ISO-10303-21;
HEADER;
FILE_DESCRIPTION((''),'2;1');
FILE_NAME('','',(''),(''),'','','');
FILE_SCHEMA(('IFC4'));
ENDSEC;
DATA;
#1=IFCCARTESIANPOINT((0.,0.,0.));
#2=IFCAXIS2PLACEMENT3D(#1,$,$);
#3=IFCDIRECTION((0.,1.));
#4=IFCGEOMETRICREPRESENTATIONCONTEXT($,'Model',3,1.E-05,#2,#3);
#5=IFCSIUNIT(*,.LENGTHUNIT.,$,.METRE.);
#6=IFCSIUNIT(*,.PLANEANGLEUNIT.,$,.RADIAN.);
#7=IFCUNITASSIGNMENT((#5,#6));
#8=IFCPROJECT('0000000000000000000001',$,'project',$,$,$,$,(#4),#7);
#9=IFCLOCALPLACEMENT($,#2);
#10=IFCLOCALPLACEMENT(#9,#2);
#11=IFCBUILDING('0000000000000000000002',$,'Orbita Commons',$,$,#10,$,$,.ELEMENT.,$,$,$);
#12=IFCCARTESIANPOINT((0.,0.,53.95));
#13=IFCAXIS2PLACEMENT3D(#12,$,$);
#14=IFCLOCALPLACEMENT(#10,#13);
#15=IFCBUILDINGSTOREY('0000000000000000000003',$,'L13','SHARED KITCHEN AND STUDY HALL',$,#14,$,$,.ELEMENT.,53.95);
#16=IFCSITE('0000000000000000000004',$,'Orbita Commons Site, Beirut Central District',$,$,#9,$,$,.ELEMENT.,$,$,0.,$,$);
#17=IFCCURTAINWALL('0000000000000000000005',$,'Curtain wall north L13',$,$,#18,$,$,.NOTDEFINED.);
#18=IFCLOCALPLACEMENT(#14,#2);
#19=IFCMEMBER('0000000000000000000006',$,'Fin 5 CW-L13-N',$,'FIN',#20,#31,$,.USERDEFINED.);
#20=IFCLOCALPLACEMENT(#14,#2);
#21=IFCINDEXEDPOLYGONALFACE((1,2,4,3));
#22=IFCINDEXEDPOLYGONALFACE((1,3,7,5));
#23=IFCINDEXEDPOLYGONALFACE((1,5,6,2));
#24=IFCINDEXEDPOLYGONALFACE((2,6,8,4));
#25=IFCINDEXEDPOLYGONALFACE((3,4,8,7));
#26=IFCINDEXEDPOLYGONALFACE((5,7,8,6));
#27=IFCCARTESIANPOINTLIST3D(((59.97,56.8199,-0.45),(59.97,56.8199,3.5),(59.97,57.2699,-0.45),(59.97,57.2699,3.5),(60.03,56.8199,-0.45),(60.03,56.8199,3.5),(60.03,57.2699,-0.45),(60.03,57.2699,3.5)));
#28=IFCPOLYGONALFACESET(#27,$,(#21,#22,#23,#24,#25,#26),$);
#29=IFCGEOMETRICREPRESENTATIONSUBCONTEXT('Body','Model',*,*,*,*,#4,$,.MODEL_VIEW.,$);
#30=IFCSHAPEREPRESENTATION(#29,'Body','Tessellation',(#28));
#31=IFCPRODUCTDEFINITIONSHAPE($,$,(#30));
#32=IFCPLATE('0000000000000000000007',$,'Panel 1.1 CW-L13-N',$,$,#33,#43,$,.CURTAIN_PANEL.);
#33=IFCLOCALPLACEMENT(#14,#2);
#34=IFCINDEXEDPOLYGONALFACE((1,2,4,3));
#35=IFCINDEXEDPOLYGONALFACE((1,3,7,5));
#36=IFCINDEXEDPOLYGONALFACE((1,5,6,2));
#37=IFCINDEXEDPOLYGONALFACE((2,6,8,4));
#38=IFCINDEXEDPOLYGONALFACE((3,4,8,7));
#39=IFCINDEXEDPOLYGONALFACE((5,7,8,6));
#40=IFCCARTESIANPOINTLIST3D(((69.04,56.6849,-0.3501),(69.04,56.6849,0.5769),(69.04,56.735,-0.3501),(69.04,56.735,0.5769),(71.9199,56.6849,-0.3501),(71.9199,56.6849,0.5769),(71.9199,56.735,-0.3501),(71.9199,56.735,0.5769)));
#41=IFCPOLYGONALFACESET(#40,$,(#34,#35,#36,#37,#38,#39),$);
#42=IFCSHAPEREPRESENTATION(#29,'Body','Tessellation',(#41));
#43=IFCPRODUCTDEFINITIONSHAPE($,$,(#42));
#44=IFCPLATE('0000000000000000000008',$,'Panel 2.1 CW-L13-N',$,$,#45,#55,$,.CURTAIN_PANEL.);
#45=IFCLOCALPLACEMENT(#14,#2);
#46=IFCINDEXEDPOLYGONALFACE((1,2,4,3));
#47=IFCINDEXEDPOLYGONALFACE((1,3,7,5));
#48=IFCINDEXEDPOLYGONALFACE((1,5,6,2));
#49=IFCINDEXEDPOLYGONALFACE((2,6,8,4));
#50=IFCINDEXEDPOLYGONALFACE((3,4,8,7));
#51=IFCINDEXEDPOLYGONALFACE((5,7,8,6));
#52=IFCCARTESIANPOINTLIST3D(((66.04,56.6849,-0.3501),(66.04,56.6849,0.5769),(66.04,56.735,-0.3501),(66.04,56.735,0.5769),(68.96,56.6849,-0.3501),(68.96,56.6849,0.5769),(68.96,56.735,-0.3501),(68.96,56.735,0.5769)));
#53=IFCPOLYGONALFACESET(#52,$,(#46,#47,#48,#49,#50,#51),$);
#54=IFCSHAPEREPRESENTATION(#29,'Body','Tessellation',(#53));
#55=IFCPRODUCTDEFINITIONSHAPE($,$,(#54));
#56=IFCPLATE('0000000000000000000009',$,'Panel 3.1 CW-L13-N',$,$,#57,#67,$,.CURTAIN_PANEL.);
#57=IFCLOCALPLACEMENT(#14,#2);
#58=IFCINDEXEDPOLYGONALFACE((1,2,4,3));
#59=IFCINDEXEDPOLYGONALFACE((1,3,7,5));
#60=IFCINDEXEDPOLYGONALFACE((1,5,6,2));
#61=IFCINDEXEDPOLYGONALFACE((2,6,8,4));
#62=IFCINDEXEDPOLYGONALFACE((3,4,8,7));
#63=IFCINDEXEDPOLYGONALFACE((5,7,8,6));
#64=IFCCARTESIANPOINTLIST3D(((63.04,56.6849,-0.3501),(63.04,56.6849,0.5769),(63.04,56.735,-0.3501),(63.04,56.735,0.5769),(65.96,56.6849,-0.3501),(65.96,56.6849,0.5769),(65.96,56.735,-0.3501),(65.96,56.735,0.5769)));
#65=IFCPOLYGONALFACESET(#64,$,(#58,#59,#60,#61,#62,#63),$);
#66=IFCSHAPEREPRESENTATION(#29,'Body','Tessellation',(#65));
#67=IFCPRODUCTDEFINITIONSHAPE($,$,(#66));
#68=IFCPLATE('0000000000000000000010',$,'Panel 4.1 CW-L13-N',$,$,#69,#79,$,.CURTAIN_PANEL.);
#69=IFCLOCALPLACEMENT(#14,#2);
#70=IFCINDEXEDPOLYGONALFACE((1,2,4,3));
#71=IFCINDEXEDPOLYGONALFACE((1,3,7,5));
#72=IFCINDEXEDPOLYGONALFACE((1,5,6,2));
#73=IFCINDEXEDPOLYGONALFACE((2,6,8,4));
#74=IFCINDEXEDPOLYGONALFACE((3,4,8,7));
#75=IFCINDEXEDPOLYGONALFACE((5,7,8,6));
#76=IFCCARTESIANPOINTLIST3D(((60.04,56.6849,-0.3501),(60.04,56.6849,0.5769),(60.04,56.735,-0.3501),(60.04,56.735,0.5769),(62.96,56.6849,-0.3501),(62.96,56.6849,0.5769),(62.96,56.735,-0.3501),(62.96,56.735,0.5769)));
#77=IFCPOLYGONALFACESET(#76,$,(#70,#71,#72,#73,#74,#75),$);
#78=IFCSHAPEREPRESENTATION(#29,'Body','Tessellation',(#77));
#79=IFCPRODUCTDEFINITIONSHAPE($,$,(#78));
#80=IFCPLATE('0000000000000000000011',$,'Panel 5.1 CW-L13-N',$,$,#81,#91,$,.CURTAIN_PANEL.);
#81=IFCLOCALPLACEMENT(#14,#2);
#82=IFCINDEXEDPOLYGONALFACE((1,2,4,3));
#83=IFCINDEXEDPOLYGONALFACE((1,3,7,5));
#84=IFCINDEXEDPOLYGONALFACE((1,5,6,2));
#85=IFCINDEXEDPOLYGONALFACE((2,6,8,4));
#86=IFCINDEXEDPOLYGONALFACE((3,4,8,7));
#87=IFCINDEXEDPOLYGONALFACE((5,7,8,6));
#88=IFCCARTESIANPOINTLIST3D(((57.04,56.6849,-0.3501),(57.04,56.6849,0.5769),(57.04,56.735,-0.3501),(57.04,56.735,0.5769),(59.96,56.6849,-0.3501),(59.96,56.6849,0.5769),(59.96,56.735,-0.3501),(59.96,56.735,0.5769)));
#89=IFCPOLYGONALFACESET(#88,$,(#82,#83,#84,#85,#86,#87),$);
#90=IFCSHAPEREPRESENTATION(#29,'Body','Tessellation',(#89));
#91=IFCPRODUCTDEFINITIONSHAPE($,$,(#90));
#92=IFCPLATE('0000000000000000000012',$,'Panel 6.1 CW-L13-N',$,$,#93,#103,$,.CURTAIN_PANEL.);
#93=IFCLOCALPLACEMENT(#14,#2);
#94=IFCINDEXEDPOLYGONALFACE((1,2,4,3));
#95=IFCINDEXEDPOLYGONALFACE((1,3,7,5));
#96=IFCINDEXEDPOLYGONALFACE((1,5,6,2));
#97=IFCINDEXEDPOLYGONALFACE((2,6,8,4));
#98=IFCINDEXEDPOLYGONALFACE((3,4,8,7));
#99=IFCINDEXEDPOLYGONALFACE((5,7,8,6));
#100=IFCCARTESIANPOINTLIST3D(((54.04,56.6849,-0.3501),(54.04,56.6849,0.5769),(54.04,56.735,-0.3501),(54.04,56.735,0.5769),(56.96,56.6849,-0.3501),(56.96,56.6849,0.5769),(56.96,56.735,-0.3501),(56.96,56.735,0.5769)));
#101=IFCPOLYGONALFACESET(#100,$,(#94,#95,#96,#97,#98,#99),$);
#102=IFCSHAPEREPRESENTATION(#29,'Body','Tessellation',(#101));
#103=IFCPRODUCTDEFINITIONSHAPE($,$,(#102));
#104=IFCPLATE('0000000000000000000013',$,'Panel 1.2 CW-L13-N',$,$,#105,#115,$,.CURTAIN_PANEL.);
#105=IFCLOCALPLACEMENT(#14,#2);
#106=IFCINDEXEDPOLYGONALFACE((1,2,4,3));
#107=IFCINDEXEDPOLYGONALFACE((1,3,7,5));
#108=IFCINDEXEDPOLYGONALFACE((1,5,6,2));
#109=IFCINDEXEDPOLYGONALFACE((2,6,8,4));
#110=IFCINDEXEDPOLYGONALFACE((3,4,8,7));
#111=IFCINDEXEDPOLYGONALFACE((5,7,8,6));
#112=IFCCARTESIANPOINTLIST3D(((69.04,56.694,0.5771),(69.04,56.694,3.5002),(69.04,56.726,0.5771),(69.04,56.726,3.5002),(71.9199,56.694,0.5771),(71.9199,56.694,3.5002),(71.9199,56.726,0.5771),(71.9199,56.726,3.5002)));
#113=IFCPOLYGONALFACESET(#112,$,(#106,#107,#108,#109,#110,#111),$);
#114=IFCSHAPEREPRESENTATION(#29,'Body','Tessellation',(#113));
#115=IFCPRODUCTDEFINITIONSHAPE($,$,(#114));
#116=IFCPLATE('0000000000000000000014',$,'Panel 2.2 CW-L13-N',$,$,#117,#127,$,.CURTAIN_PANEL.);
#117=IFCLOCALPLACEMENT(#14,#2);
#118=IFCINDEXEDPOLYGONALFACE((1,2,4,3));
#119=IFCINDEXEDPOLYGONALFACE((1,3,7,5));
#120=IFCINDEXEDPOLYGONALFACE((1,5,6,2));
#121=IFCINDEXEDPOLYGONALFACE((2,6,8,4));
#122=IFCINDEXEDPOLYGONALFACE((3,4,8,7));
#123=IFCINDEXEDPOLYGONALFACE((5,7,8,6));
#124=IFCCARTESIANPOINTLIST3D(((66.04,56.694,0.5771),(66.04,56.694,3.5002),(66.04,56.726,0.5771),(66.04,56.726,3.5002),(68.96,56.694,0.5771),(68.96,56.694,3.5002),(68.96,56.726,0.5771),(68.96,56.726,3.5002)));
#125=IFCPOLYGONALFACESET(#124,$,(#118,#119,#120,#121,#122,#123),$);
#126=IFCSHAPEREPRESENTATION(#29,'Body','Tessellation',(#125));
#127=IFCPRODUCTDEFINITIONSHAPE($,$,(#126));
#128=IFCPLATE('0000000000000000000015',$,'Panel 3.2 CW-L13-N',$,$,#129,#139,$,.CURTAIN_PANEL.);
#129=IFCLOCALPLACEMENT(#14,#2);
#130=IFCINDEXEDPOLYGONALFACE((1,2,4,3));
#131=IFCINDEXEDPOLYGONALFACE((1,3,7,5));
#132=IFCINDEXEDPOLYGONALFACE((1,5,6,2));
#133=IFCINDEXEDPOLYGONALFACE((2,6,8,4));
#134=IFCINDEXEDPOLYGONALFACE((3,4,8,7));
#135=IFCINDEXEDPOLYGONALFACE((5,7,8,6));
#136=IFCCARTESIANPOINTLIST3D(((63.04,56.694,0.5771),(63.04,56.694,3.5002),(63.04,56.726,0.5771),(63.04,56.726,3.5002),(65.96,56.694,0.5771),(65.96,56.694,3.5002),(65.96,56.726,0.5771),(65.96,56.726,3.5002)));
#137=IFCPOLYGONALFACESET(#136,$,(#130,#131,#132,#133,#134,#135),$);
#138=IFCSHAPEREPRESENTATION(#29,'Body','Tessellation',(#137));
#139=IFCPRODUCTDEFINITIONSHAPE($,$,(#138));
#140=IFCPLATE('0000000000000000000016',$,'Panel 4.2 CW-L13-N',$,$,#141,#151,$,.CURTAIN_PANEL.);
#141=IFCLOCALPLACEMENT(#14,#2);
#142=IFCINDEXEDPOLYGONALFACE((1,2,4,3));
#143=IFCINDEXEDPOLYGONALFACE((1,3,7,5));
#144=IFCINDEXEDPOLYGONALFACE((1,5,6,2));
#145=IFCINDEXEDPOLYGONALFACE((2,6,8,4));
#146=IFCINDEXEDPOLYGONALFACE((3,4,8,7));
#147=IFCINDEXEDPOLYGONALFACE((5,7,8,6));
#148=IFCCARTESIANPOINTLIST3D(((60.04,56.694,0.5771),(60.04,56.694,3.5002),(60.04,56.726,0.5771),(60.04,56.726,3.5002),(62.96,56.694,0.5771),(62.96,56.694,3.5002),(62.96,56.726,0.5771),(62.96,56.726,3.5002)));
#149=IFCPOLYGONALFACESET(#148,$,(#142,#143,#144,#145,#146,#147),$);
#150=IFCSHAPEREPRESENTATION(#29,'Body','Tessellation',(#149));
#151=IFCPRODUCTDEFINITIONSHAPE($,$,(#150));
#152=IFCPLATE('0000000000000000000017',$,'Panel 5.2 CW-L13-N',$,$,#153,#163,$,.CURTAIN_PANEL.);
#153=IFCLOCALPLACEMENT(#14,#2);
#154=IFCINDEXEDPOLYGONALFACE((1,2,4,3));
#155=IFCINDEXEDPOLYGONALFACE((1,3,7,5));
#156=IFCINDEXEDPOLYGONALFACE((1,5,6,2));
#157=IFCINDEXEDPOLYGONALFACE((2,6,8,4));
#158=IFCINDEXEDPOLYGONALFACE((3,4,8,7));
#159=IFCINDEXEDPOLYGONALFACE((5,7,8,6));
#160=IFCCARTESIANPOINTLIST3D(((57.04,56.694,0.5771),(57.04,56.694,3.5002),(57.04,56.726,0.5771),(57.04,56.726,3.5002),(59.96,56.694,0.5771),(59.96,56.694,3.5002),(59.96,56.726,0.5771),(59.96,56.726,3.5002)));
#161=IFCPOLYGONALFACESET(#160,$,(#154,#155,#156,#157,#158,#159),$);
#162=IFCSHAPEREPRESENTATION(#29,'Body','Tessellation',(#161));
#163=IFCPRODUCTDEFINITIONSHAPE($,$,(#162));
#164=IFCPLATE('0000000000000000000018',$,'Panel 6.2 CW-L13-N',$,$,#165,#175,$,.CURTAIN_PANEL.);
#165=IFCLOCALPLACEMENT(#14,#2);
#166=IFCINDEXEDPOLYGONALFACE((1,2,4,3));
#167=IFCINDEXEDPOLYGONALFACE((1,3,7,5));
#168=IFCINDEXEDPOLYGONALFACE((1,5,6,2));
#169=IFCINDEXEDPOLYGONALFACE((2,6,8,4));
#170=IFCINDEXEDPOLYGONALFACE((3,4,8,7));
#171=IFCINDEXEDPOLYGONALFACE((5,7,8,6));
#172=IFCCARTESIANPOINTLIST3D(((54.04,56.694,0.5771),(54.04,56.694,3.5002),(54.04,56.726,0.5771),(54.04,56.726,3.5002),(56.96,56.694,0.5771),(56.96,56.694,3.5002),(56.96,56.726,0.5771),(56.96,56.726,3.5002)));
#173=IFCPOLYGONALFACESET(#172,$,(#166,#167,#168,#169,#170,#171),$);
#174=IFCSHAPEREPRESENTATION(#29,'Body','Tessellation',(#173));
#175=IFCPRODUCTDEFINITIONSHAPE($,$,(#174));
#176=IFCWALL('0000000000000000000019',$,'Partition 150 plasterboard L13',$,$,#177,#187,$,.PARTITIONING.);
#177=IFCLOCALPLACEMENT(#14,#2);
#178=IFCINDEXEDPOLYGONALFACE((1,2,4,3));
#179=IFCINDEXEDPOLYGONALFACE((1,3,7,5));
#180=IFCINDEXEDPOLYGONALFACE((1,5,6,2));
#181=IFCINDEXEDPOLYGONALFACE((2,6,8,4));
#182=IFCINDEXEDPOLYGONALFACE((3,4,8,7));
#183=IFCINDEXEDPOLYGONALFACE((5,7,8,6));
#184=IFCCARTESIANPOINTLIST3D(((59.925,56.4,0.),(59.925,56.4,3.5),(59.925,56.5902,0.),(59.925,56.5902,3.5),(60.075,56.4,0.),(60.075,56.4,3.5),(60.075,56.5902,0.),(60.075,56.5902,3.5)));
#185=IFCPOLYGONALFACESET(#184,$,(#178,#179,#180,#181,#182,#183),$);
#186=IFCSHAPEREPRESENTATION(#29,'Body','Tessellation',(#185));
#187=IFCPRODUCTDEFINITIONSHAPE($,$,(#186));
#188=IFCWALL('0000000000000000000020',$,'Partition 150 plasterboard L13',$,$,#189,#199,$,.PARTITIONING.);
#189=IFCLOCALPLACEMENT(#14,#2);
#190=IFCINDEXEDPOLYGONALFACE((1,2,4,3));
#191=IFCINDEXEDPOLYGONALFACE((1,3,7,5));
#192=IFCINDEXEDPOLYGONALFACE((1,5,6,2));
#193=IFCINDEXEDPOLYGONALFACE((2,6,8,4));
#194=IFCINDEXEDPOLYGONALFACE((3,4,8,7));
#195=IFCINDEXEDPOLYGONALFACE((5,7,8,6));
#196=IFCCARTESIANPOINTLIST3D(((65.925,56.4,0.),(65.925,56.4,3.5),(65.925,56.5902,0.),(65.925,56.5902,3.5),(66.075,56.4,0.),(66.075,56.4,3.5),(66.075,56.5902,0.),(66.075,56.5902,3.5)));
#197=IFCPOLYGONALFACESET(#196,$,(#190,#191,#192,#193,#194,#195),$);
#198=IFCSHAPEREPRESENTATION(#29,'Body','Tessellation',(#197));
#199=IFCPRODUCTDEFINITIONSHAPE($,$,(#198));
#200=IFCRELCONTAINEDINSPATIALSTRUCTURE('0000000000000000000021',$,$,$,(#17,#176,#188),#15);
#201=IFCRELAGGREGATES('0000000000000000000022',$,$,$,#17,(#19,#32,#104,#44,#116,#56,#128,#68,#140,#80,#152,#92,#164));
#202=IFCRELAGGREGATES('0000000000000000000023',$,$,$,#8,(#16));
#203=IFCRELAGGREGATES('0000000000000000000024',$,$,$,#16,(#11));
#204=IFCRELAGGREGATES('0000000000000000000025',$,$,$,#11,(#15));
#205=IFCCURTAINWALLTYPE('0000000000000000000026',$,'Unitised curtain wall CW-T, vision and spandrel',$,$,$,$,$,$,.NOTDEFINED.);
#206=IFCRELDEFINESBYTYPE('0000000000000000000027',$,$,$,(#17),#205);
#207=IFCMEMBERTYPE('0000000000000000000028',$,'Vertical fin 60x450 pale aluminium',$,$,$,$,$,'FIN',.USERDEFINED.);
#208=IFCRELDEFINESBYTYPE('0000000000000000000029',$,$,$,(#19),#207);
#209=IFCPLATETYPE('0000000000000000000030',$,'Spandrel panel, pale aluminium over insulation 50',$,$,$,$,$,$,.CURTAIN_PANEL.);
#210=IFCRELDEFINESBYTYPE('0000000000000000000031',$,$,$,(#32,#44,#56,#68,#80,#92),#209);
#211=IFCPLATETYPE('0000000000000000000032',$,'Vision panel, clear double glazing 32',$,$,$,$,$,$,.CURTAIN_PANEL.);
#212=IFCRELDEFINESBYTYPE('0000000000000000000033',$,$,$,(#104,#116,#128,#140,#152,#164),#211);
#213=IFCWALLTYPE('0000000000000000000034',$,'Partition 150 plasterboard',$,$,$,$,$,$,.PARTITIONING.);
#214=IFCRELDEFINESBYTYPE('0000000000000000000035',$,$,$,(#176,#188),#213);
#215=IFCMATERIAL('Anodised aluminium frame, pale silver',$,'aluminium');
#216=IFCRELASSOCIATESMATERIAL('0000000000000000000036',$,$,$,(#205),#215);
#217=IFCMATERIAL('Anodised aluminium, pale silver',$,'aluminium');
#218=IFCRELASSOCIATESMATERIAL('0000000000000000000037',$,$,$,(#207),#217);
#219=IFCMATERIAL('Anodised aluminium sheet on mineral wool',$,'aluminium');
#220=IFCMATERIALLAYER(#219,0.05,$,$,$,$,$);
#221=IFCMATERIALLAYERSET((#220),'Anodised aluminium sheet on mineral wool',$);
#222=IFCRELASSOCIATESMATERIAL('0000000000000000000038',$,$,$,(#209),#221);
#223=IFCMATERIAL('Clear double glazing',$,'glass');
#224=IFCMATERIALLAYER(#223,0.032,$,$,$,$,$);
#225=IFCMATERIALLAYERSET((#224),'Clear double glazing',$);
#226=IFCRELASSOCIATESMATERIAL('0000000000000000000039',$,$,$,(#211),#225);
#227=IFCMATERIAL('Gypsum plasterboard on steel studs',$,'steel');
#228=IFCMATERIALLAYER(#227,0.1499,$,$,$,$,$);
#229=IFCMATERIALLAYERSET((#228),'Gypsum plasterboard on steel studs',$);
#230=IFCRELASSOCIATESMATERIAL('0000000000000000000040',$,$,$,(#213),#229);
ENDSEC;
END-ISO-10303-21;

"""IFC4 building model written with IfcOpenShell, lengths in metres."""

from ifc_helpers import new_model, si_unit, direction, frame, frame_2d, origin, origin_2d, place, context, subcontext, project, spatial, rectangle, extrude, material, layer, layer_set, material_profile, profile_set, type_object, element, aggregate, save


model = new_model("IFC4")

# Units and contexts
model_context = context("Model", 3, precision=1e-05, world=origin(), true_north=direction((0.0, 1.0)))
body_context = subcontext(model_context, "Body", "Model", "MODEL_VIEW")
ifc_project = project(units=[si_unit("LENGTHUNIT", "METRE"), si_unit("PLANEANGLEUNIT", "RADIAN")], contexts=[model_context])

# Site, building, storey
site_placement = place(None, origin())
site = spatial("IfcSite", under=ifc_project, at=site_placement, Name="Orbita Commons Site, Beirut Central District", CompositionType="ELEMENT", RefElevation=0.0)
building_placement = place(site_placement, origin())
building = spatial("IfcBuilding", under=site, at=building_placement, Name="Orbita Commons", CompositionType="ELEMENT")
storey_placement = place(building_placement, frame((0.0, 0.0, 53.95)))
storey = spatial("IfcBuildingStorey", under=building, at=storey_placement, Name="L13", Description="SHARED KITCHEN AND STUDY HALL", CompositionType="ELEMENT", Elevation=53.95)

# Curtain wall, member, plates
ifc_material_1 = material(Name="Anodised aluminium frame, pale silver", Category="aluminium")
curtain_wall_type = type_object("IfcCurtainWallType", Name="Unitised curtain wall CW-T, vision and spandrel", PredefinedType="NOTDEFINED", material=ifc_material_1)
curtain_wall_placement = place(storey_placement, origin())
curtain_wall = element("IfcCurtainWall", 1, at=curtain_wall_placement, inside=storey, type_object=curtain_wall_type, Name="Curtain wall north L13", PredefinedType="NOTDEFINED")
ifc_material_2 = material(Name="Anodised aluminium, pale silver", Category="aluminium")
ifc_material_profile_1 = material_profile(ifc_material_2, rectangle(XDim=0.0601, YDim=0.45, at=origin_2d()), Name="FIN 60x450")
ifc_profile_set_1 = profile_set([ifc_material_profile_1], Name="Anodised aluminium, pale silver")
member_type_1 = type_object("IfcMemberType", Name="Vertical fin 60x450 pale aluminium", ElementType="FIN", PredefinedType="USERDEFINED", material=ifc_profile_set_1)
member_1_placement = place(storey_placement, frame((60.0, 57.0449, -0.45), z_axis=(0.0, 0.0, 1.0), x_axis=(-1.0, 0.0, 0.0)))
member_1 = element("IfcMember", 2, at=member_1_placement, type_object=member_type_1, Name="Fin 5 CW-L13-N", ObjectType="FIN", PredefinedType="USERDEFINED", context=body_context, shape_type="SweptSolid", body=[
    extrude(rectangle(XDim=0.0601, YDim=0.45, at=origin_2d()), origin(), (0.0, 0.0, 1.0), 3.95),
])
ifc_material_3 = material(Name="Anodised aluminium sheet on mineral wool", Category="aluminium")
ifc_layer_1 = layer(ifc_material_3, 0.05)
ifc_layer_set_1 = layer_set([ifc_layer_1], Name="Anodised aluminium sheet on mineral wool")
plate_type_1 = type_object("IfcPlateType", Name="Spandrel panel, pale aluminium over insulation 50", PredefinedType="CURTAIN_PANEL", material=ifc_layer_set_1)
plate_1_placement = place(storey_placement, frame((70.48, 56.71, -0.3501), z_axis=(0.0, 0.0, 1.0), x_axis=(-1.0, 0.0, 0.0)))
plate_1 = element("IfcPlate", 3, at=plate_1_placement, type_object=plate_type_1, Name="Panel 1.1 CW-L13-N", PredefinedType="CURTAIN_PANEL", context=body_context, shape_type="SweptSolid", body=[
    extrude(rectangle(XDim=2.8799, YDim=0.05, at=origin_2d()), origin(), (0.0, 0.0, 1.0), 0.927),
])
plate_2_placement = place(storey_placement, frame((67.5, 56.71, -0.3501), z_axis=(0.0, 0.0, 1.0), x_axis=(-1.0, 0.0, 0.0)))
plate_2 = element("IfcPlate", 4, at=plate_2_placement, type_object=plate_type_1, Name="Panel 2.1 CW-L13-N", PredefinedType="CURTAIN_PANEL", context=body_context, shape_type="SweptSolid", body=[
    extrude(rectangle(XDim=2.9199, YDim=0.05, at=origin_2d()), origin(), (0.0, 0.0, 1.0), 0.927),
])
plate_3_placement = place(storey_placement, frame((64.5, 56.71, -0.3501), z_axis=(0.0, 0.0, 1.0), x_axis=(-1.0, 0.0, 0.0)))
plate_3 = element("IfcPlate", 5, at=plate_3_placement, type_object=plate_type_1, Name="Panel 3.1 CW-L13-N", PredefinedType="CURTAIN_PANEL", context=body_context, shape_type="SweptSolid", body=[
    extrude(rectangle(XDim=2.9199, YDim=0.05, at=origin_2d()), origin(), (0.0, 0.0, 1.0), 0.927),
])
plate_4_placement = place(storey_placement, frame((61.5, 56.71, -0.3501), z_axis=(0.0, 0.0, 1.0), x_axis=(-1.0, 0.0, 0.0)))
plate_4 = element("IfcPlate", 6, at=plate_4_placement, type_object=plate_type_1, Name="Panel 4.1 CW-L13-N", PredefinedType="CURTAIN_PANEL", context=body_context, shape_type="SweptSolid", body=[
    extrude(rectangle(XDim=2.9199, YDim=0.05, at=origin_2d()), origin(), (0.0, 0.0, 1.0), 0.927),
])
plate_5_placement = place(storey_placement, frame((58.5, 56.71, -0.3501), z_axis=(0.0, 0.0, 1.0), x_axis=(-1.0, 0.0, 0.0)))
plate_5 = element("IfcPlate", 7, at=plate_5_placement, type_object=plate_type_1, Name="Panel 5.1 CW-L13-N", PredefinedType="CURTAIN_PANEL", context=body_context, shape_type="SweptSolid", body=[
    extrude(rectangle(XDim=2.9199, YDim=0.05, at=origin_2d()), origin(), (0.0, 0.0, 1.0), 0.927),
])
plate_6_placement = place(storey_placement, frame((55.5, 56.71, -0.3501), z_axis=(0.0, 0.0, 1.0), x_axis=(-1.0, 0.0, 0.0)))
plate_6 = element("IfcPlate", 8, at=plate_6_placement, type_object=plate_type_1, Name="Panel 6.1 CW-L13-N", PredefinedType="CURTAIN_PANEL", context=body_context, shape_type="SweptSolid", body=[
    extrude(rectangle(XDim=2.9199, YDim=0.05, at=origin_2d()), origin(), (0.0, 0.0, 1.0), 0.927),
])
ifc_material_4 = material(Name="Clear double glazing", Category="glass")
ifc_layer_2 = layer(ifc_material_4, 0.032)
ifc_layer_set_2 = layer_set([ifc_layer_2], Name="Clear double glazing")
plate_type_2 = type_object("IfcPlateType", Name="Vision panel, clear double glazing 32", PredefinedType="CURTAIN_PANEL", material=ifc_layer_set_2)
plate_7_placement = place(storey_placement, frame((70.48, 56.71, 0.5771), z_axis=(0.0, 0.0, 1.0), x_axis=(-1.0, 0.0, 0.0)))
plate_7 = element("IfcPlate", 9, at=plate_7_placement, type_object=plate_type_2, Name="Panel 1.2 CW-L13-N", PredefinedType="CURTAIN_PANEL", context=body_context, shape_type="SweptSolid", body=[
    extrude(rectangle(XDim=2.8799, YDim=0.032, at=origin_2d()), origin(), (0.0, 0.0, 1.0), 2.9231),
])
plate_8_placement = place(storey_placement, frame((67.5, 56.71, 0.5771), z_axis=(0.0, 0.0, 1.0), x_axis=(-1.0, 0.0, 0.0)))
plate_8 = element("IfcPlate", 10, at=plate_8_placement, type_object=plate_type_2, Name="Panel 2.2 CW-L13-N", PredefinedType="CURTAIN_PANEL", context=body_context, shape_type="SweptSolid", body=[
    extrude(rectangle(XDim=2.9199, YDim=0.032, at=origin_2d()), origin(), (0.0, 0.0, 1.0), 2.9231),
])
plate_9_placement = place(storey_placement, frame((64.5, 56.71, 0.5771), z_axis=(0.0, 0.0, 1.0), x_axis=(-1.0, 0.0, 0.0)))
plate_9 = element("IfcPlate", 11, at=plate_9_placement, type_object=plate_type_2, Name="Panel 3.2 CW-L13-N", PredefinedType="CURTAIN_PANEL", context=body_context, shape_type="SweptSolid", body=[
    extrude(rectangle(XDim=2.9199, YDim=0.032, at=origin_2d()), origin(), (0.0, 0.0, 1.0), 2.9231),
])
plate_10_placement = place(storey_placement, frame((61.5, 56.71, 0.5771), z_axis=(0.0, 0.0, 1.0), x_axis=(-1.0, 0.0, 0.0)))
plate_10 = element("IfcPlate", 12, at=plate_10_placement, type_object=plate_type_2, Name="Panel 4.2 CW-L13-N", PredefinedType="CURTAIN_PANEL", context=body_context, shape_type="SweptSolid", body=[
    extrude(rectangle(XDim=2.9199, YDim=0.032, at=origin_2d()), origin(), (0.0, 0.0, 1.0), 2.9231),
])
plate_11_placement = place(storey_placement, frame((58.5, 56.71, 0.5771), z_axis=(0.0, 0.0, 1.0), x_axis=(-1.0, 0.0, 0.0)))
plate_11 = element("IfcPlate", 13, at=plate_11_placement, type_object=plate_type_2, Name="Panel 5.2 CW-L13-N", PredefinedType="CURTAIN_PANEL", context=body_context, shape_type="SweptSolid", body=[
    extrude(rectangle(XDim=2.9199, YDim=0.032, at=origin_2d()), origin(), (0.0, 0.0, 1.0), 2.9231),
])
plate_12_placement = place(storey_placement, frame((55.5, 56.71, 0.5771), z_axis=(0.0, 0.0, 1.0), x_axis=(-1.0, 0.0, 0.0)))
plate_12 = element("IfcPlate", 14, at=plate_12_placement, type_object=plate_type_2, Name="Panel 6.2 CW-L13-N", PredefinedType="CURTAIN_PANEL", context=body_context, shape_type="SweptSolid", body=[
    extrude(rectangle(XDim=2.9199, YDim=0.032, at=origin_2d()), origin(), (0.0, 0.0, 1.0), 2.9231),
])
aggregate(curtain_wall, [member_1, plate_1, plate_7, plate_2, plate_8, plate_3, plate_9, plate_4, plate_10, plate_5, plate_11, plate_6, plate_12])

# Walls
ifc_material_5 = material(Name="Gypsum plasterboard on steel studs", Category="steel")
ifc_layer_3 = layer(ifc_material_5, 0.1499)
ifc_layer_set_3 = layer_set([ifc_layer_3], Name="Gypsum plasterboard on steel studs")
wall_type_1 = type_object("IfcWallType", Name="Partition 150 plasterboard", PredefinedType="PARTITIONING", material=ifc_layer_set_3)
for number, where, z_axis, x_axis, name in (
    (15, (60.0, 56.3999, 0.0), (0.0, 0.0, 1.0), (0.0, 1.0, 0.0), "Partition 150 plasterboard L13"),
    (16, (66.0, 56.3999, 0.0), (0.0, 0.0, 1.0), (0.0, 1.0, 0.0), "Partition 150 plasterboard L13"),
):
    element("IfcWall", number, at=place(storey_placement, frame(where, z_axis=z_axis, x_axis=x_axis)), inside=storey, type_object=wall_type_1, Name=name, PredefinedType="PARTITIONING", context=body_context, shape_type="SweptSolid", body=[
        extrude(rectangle(XDim=0.1902, YDim=0.1499, at=frame_2d((0.0952, 0.0))), origin(), (0.0, 0.0, 1.0), 3.5),
    ])

save(model, "model.ifc")
